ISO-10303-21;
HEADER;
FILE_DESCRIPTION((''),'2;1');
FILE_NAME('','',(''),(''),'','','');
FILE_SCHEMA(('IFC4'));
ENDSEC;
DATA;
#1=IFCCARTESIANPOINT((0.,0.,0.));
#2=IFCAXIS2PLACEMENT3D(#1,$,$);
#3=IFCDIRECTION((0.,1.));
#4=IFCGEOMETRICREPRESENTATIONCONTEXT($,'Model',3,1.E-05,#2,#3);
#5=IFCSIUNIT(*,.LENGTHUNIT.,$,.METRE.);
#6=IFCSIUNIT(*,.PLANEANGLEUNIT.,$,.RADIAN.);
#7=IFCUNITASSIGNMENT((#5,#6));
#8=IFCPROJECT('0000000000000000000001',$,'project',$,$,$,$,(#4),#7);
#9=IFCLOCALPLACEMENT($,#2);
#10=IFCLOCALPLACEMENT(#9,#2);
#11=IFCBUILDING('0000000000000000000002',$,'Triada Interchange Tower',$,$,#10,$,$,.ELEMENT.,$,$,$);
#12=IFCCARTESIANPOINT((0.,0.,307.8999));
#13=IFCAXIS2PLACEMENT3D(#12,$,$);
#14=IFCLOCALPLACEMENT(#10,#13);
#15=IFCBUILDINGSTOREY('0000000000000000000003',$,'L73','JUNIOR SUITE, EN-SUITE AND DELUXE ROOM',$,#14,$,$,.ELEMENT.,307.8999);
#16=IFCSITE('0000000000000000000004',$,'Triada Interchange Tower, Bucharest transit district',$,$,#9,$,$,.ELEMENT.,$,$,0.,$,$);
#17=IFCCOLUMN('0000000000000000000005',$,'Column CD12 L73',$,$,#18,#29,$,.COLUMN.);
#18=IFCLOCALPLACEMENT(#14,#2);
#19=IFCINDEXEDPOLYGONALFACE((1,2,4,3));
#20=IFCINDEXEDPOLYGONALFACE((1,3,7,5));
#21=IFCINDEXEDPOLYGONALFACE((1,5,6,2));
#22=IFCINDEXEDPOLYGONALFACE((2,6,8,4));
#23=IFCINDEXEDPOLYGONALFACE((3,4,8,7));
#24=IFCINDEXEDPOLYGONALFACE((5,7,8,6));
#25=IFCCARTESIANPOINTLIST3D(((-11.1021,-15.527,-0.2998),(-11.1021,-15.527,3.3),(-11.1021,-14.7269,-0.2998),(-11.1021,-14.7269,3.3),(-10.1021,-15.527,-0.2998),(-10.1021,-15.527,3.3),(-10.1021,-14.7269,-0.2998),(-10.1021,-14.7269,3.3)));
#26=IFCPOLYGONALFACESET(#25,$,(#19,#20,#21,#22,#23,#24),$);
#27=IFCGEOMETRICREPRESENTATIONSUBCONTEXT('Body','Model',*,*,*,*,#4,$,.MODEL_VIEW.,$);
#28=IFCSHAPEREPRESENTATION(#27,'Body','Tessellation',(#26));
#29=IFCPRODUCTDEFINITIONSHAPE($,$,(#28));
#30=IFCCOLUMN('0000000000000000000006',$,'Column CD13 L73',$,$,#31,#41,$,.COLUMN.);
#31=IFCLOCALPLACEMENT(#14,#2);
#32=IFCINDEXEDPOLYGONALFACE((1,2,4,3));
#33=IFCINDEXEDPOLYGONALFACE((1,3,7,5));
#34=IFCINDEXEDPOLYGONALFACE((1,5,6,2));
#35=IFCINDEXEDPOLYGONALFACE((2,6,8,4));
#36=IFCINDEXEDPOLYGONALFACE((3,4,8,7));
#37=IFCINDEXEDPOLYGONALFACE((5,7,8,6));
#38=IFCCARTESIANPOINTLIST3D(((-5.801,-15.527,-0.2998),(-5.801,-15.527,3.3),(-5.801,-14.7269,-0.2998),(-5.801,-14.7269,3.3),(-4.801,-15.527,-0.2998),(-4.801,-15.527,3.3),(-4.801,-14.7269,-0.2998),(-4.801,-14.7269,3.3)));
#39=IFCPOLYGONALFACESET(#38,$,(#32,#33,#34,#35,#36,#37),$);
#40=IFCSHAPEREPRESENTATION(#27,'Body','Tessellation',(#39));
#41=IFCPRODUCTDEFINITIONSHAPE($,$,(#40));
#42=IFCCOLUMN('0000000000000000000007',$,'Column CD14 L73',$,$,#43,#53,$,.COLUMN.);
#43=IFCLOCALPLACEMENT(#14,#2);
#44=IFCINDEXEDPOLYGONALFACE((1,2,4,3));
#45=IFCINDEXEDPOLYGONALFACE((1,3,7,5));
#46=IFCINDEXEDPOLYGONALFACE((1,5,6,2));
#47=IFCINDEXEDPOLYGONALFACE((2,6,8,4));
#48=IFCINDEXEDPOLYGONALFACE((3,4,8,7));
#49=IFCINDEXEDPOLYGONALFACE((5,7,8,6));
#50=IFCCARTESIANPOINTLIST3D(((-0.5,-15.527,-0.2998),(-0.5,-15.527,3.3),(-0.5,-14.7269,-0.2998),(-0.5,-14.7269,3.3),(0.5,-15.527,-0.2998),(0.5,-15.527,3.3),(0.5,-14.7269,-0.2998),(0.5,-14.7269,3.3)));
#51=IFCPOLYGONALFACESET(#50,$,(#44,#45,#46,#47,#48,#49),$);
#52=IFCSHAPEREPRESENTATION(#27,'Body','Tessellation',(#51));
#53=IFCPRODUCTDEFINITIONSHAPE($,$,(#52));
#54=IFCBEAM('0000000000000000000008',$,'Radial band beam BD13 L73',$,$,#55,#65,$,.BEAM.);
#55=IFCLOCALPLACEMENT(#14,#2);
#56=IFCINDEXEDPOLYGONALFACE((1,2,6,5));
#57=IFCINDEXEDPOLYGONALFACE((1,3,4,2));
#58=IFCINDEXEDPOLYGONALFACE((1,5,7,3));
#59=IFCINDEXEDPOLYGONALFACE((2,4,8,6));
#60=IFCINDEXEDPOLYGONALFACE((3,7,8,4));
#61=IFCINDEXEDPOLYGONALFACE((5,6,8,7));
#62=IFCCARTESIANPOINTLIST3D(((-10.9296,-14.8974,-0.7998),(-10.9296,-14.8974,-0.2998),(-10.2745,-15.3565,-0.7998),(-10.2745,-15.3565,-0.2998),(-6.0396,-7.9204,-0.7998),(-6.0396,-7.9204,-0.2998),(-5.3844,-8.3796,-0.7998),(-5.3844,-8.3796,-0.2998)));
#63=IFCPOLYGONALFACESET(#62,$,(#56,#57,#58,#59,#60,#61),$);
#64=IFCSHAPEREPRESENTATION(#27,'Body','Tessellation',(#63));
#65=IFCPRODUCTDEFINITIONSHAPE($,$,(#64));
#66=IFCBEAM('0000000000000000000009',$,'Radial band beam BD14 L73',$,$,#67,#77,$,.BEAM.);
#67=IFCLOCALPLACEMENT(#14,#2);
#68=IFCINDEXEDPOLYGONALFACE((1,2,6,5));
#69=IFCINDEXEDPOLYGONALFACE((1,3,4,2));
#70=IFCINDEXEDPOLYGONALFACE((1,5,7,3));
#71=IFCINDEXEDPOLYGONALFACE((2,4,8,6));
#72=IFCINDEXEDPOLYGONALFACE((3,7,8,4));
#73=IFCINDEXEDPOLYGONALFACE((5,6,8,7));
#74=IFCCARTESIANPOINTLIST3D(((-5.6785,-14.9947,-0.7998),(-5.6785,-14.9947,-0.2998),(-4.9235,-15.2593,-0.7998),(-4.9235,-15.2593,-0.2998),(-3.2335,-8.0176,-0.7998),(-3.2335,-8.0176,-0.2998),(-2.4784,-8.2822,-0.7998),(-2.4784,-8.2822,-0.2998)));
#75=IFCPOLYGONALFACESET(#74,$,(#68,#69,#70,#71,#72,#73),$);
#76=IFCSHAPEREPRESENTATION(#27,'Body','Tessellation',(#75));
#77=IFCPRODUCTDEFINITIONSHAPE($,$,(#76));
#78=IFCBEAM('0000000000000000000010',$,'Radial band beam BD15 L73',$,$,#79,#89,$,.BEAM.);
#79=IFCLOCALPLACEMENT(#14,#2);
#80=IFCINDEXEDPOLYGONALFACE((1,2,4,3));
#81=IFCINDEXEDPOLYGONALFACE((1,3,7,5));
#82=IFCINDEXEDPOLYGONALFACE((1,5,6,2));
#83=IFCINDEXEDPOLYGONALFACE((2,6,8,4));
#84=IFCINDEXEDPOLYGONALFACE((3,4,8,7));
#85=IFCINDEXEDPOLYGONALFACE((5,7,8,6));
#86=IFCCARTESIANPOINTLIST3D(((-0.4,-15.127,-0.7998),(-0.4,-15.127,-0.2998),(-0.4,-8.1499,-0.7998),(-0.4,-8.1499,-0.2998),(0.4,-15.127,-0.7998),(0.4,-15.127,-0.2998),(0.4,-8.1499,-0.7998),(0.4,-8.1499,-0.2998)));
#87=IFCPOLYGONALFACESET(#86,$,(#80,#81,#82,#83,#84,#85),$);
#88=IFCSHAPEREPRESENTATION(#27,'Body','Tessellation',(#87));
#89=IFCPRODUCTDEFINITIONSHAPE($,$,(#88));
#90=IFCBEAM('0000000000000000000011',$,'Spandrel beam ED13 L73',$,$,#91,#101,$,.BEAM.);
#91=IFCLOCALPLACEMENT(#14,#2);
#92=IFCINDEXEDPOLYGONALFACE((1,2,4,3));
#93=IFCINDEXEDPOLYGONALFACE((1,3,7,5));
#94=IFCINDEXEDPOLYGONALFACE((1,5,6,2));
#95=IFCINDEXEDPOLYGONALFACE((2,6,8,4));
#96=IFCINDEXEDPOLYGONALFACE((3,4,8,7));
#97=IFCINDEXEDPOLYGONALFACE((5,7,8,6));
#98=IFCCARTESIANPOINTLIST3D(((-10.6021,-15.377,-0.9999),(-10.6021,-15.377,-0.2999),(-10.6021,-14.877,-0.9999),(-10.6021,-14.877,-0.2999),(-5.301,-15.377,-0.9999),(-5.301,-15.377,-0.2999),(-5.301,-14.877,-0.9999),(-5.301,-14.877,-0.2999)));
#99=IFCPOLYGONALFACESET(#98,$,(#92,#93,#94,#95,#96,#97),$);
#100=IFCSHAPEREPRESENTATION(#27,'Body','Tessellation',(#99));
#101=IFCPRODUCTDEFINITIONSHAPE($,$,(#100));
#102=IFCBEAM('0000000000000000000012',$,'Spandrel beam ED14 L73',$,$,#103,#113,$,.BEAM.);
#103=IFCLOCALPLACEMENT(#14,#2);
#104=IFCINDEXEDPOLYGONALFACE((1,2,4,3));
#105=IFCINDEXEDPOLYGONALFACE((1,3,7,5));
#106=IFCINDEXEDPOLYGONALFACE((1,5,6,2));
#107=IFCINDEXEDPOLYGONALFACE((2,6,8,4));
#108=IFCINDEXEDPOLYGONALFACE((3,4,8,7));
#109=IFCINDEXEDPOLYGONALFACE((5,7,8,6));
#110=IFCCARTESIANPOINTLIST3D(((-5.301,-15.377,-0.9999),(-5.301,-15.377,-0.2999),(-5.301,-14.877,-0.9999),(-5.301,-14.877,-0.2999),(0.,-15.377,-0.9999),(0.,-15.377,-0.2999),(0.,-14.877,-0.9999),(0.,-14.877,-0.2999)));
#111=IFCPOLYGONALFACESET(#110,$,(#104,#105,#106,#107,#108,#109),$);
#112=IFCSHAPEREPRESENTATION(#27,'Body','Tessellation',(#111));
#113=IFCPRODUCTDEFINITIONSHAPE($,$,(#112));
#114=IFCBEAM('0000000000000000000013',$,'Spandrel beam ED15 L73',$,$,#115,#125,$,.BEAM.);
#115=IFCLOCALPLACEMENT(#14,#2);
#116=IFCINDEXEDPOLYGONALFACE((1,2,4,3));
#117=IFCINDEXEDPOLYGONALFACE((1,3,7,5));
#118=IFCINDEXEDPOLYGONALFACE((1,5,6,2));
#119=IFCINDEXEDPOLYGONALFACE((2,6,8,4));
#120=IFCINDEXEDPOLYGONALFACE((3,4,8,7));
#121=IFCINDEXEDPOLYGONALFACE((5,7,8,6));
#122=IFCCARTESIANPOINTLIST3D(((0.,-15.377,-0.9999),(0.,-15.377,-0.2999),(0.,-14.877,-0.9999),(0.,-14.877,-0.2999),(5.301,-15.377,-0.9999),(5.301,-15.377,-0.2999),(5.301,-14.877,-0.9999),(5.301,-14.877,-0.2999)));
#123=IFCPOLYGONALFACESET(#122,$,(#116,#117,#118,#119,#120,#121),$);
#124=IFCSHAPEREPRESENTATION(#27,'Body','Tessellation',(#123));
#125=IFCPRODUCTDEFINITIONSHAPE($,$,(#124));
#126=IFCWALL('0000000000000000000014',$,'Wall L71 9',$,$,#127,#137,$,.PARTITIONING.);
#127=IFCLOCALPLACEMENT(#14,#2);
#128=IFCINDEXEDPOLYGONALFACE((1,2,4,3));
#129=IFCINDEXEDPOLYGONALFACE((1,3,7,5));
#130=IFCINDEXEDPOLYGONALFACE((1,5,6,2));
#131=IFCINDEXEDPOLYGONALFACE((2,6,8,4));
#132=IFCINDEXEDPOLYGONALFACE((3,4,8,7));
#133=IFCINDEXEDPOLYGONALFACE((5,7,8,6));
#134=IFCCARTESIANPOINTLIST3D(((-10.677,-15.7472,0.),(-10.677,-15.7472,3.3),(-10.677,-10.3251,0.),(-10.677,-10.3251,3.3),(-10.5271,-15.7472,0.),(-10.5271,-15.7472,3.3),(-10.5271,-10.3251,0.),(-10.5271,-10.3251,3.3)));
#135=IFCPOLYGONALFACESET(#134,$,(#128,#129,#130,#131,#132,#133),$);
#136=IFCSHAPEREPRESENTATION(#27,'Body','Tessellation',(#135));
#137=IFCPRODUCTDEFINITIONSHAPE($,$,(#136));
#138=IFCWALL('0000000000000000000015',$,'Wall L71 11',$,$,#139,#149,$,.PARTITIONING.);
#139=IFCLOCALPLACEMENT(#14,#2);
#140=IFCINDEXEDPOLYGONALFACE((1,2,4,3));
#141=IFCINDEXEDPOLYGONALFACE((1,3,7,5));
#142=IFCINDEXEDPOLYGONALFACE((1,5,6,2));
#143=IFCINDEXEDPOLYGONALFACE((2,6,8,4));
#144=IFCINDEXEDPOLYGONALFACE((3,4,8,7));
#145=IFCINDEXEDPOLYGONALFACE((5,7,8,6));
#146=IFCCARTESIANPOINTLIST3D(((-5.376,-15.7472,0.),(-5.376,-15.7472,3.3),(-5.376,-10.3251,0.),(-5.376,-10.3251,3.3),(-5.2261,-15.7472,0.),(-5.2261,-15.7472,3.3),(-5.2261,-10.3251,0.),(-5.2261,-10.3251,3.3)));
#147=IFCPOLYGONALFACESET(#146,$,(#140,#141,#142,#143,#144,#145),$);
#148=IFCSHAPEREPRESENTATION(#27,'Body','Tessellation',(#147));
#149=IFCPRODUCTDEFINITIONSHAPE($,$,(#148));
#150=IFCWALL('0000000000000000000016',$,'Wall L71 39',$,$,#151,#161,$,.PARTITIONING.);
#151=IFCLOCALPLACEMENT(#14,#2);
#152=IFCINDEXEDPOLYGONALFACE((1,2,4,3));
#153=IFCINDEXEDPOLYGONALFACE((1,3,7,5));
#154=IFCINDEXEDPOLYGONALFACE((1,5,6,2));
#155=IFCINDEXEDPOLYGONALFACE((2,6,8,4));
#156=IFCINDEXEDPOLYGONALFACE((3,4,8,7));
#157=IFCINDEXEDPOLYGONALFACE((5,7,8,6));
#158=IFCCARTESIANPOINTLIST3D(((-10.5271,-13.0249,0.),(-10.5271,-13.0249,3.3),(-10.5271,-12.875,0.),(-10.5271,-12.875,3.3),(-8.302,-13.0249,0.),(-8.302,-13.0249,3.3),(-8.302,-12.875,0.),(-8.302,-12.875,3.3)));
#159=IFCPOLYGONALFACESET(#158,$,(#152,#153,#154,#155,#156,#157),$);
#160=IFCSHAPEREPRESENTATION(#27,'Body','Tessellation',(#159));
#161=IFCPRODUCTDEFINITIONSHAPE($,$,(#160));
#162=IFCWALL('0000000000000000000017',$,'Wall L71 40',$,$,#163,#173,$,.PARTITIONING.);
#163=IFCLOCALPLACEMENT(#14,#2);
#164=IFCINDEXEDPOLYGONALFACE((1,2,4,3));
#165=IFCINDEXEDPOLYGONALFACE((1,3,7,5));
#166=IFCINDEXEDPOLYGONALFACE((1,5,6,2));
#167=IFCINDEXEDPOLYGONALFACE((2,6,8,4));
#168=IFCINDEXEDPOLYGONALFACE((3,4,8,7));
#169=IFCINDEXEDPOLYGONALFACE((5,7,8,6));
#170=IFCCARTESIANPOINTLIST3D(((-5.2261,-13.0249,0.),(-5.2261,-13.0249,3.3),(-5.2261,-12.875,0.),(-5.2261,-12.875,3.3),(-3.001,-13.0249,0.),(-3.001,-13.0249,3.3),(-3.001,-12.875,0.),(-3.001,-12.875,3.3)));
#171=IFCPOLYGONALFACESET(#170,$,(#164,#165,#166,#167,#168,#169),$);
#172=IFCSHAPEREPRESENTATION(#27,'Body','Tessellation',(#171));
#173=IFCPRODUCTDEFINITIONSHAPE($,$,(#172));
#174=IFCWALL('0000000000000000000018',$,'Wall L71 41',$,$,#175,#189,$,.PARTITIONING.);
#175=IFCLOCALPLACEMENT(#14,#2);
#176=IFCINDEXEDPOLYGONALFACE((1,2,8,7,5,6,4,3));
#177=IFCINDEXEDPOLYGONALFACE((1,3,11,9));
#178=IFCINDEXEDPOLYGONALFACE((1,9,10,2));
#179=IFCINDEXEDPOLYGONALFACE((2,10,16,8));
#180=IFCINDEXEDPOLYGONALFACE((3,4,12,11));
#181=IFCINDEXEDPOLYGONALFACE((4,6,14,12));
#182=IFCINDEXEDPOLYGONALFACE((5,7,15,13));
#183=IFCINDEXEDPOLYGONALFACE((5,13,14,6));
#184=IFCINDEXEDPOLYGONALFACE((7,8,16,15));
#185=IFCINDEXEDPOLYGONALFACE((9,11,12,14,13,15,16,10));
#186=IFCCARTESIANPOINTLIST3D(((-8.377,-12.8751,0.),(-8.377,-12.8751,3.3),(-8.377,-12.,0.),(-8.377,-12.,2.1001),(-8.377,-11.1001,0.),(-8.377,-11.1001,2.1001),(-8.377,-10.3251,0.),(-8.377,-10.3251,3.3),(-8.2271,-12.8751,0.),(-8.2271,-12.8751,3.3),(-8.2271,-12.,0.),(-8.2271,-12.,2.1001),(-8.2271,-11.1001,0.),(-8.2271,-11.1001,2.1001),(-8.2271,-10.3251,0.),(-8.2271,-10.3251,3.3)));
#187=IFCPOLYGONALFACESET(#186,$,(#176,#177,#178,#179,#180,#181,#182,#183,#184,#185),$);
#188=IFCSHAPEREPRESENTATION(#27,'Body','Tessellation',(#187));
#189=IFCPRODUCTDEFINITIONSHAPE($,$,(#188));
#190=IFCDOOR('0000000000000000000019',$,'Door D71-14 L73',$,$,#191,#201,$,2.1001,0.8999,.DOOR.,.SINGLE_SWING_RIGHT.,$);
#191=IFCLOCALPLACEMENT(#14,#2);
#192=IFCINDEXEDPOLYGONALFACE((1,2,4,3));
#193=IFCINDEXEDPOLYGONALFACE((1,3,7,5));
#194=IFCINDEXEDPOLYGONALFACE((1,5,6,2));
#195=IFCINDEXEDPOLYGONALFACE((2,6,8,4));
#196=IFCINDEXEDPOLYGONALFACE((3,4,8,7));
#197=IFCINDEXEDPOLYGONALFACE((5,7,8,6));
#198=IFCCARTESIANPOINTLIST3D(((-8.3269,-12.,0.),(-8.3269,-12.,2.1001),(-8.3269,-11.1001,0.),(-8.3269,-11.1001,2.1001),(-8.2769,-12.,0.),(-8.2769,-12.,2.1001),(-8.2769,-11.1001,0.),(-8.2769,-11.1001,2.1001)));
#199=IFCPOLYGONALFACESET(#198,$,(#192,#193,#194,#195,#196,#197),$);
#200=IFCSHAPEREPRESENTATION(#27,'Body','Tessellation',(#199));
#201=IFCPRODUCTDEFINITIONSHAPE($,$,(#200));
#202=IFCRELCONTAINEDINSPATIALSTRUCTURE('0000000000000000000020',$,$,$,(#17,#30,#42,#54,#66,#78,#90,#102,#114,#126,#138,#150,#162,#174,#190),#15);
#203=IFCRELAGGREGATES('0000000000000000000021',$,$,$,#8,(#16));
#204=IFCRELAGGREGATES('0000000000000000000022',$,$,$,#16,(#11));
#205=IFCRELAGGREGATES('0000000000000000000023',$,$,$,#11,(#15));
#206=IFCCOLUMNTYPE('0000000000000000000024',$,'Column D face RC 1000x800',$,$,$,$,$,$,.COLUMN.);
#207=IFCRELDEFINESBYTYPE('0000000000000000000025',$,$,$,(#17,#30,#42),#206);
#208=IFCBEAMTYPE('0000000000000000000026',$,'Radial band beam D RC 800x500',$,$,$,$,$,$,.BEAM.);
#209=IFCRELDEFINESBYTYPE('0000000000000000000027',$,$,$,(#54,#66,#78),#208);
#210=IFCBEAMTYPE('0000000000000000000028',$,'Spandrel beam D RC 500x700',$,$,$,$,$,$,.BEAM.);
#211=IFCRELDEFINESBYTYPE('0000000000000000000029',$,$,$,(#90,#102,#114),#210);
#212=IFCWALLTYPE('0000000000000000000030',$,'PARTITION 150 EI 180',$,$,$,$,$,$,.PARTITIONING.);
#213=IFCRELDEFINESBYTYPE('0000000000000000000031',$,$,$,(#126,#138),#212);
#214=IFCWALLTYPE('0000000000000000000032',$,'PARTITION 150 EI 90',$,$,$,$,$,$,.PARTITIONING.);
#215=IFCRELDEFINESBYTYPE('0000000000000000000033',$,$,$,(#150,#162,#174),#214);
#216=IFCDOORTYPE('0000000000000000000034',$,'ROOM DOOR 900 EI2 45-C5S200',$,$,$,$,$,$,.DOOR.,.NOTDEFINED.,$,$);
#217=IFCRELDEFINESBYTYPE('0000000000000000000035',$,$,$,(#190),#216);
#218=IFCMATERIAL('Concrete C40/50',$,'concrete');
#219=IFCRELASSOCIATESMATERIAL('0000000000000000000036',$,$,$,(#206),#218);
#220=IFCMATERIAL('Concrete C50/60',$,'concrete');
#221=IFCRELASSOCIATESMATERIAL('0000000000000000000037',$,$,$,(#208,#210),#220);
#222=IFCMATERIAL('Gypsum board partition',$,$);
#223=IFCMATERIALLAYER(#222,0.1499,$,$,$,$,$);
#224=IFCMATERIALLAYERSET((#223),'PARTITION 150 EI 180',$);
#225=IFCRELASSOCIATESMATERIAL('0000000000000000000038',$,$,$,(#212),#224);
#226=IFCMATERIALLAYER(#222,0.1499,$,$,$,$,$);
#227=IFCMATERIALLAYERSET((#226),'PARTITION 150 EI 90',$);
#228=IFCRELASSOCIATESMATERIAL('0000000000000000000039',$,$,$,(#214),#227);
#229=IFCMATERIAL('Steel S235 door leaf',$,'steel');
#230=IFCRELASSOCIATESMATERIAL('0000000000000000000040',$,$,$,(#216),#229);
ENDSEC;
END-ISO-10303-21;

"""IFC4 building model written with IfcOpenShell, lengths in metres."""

from ifc_helpers import new_model, si_unit, direction, frame, frame_2d, origin, origin_2d, place, context, subcontext, project, spatial, rectangle, extrude, material, layer, layer_set, material_profile, profile_set, type_object, element, fill, save


model = new_model("IFC4")

# Units and contexts
model_context = context("Model", 3, precision=1e-05, world=origin(), true_north=direction((0.0, 1.0)))
body_context = subcontext(model_context, "Body", "Model", "MODEL_VIEW")
ifc_project = project(units=[si_unit("LENGTHUNIT", "METRE"), si_unit("PLANEANGLEUNIT", "RADIAN")], contexts=[model_context])

# Site, building, storey
site_placement = place(None, origin())
site = spatial("IfcSite", under=ifc_project, at=site_placement, Name="Triada Interchange Tower, Bucharest transit district", CompositionType="ELEMENT", RefElevation=0.0)
building_placement = place(site_placement, origin())
building = spatial("IfcBuilding", under=site, at=building_placement, Name="Triada Interchange Tower", CompositionType="ELEMENT")
storey_placement = place(building_placement, frame((0.0, 0.0, 307.8999)))
storey = spatial("IfcBuildingStorey", under=building, at=storey_placement, Name="L73", Description="JUNIOR SUITE, EN-SUITE AND DELUXE ROOM", CompositionType="ELEMENT", Elevation=307.8999)

# Columns
ifc_material_1 = material(Name="Concrete C40/50", Category="concrete")
ifc_material_profile_1 = material_profile(ifc_material_1, rectangle(XDim=1.0, YDim=0.8, at=origin_2d()), Name="RC 1000x800")
ifc_profile_set_1 = profile_set([ifc_material_profile_1], Name="Concrete C40/50")
column_type = type_object("IfcColumnType", Name="Column D face RC 1000x800", PredefinedType="COLUMN", material=ifc_profile_set_1)
for number, where, z_axis, x_axis, name in (
    (1, (-10.6021, -15.127, -0.2998), (0.0, 0.0, 1.0), (1.0, 0.0, 0.0), "Column CD12 L73"),
    (2, (-5.301, -15.127, -0.2998), (0.0, 0.0, 1.0), (1.0, 0.0, 0.0), "Column CD13 L73"),
    (3, (0.0, -15.127, -0.2998), (0.0, 0.0, 1.0), (1.0, 0.0, 0.0), "Column CD14 L73"),
):
    element("IfcColumn", number, at=place(storey_placement, frame(where, z_axis=z_axis, x_axis=x_axis)), inside=storey, type_object=column_type, Name=name, PredefinedType="COLUMN", context=body_context, shape_type="SweptSolid", body=[
        extrude(rectangle(XDim=1.0, YDim=0.8, at=origin_2d()), origin(), (0.0, 0.0, 1.0), 3.5999),
    ])

# Beams
ifc_material_2 = material(Name="Concrete C50/60", Category="concrete")
ifc_material_profile_2 = material_profile(ifc_material_2, rectangle(XDim=0.8, YDim=0.5, at=origin_2d()), Name="RC 800x500")
ifc_profile_set_2 = profile_set([ifc_material_profile_2], Name="Concrete C50/60")
beam_type_1 = type_object("IfcBeamType", Name="Radial band beam D RC 800x500", PredefinedType="BEAM", material=ifc_profile_set_2)
beam_1_placement = place(storey_placement, frame((-10.6021, -15.127, -0.5498), z_axis=(0.573951, 0.81889, 0.0), x_axis=(-0.81889, 0.573951, 0.0)))
element("IfcBeam", 4, at=beam_1_placement, inside=storey, type_object=beam_type_1, Name="Radial band beam BD13 L73", PredefinedType="BEAM", context=body_context, shape_type="SweptSolid", body=[
    extrude(rectangle(XDim=0.8, YDim=0.5, at=origin_2d()), origin(), (0.0, 0.0, 1.0), 8.52),
])
beam_2_placement = place(storey_placement, frame((-5.301, -15.127, -0.5498), z_axis=(0.330724, 0.943728, 0.0), x_axis=(-0.943728, 0.330724, 0.0)))
element("IfcBeam", 5, at=beam_2_placement, inside=storey, type_object=beam_type_1, Name="Radial band beam BD14 L73", PredefinedType="BEAM", context=body_context, shape_type="SweptSolid", body=[
    extrude(rectangle(XDim=0.8, YDim=0.5, at=origin_2d()), origin(), (0.0, 0.0, 1.0), 7.3931),
])
beam_3_placement = place(storey_placement, frame((0.0, -15.127, -0.5498), z_axis=(0.0, 1.0, 0.0), x_axis=(-1.0, 0.0, 0.0)))
element("IfcBeam", 6, at=beam_3_placement, inside=storey, type_object=beam_type_1, Name="Radial band beam BD15 L73", PredefinedType="BEAM", context=body_context, shape_type="SweptSolid", body=[
    extrude(rectangle(XDim=0.8, YDim=0.5, at=origin_2d()), origin(), (0.0, 0.0, 1.0), 6.9771),
])
ifc_material_profile_3 = material_profile(ifc_material_2, rectangle(XDim=0.5, YDim=0.7, at=origin_2d()), Name="RC 500x700")
ifc_profile_set_3 = profile_set([ifc_material_profile_3], Name="Concrete C50/60")
beam_type_2 = type_object("IfcBeamType", Name="Spandrel beam D RC 500x700", PredefinedType="BEAM", material=ifc_profile_set_3)
for number, where, z_axis, x_axis, name in (
    (7, (-10.6021, -15.127, -0.6499), (1.0, 0.0, 0.0), (0.0, 1.0, 0.0), "Spandrel beam ED13 L73"),
    (8, (-5.301, -15.127, -0.6499), (1.0, 0.0, 0.0), (0.0, 1.0, 0.0), "Spandrel beam ED14 L73"),
    (9, (0.0, -15.127, -0.6499), (1.0, 0.0, 0.0), (0.0, 1.0, 0.0), "Spandrel beam ED15 L73"),
):
    element("IfcBeam", number, at=place(storey_placement, frame(where, z_axis=z_axis, x_axis=x_axis)), inside=storey, type_object=beam_type_2, Name=name, PredefinedType="BEAM", context=body_context, shape_type="SweptSolid", body=[
        extrude(rectangle(XDim=0.5, YDim=0.7, at=origin_2d()), origin(), (0.0, 0.0, 1.0), 5.301),
    ])

# Walls
ifc_material_3 = material(Name="Gypsum board partition")
ifc_layer_1 = layer(ifc_material_3, 0.1499)
ifc_layer_set_1 = layer_set([ifc_layer_1], Name="PARTITION 150 EI 180")
wall_type_1 = type_object("IfcWallType", Name="PARTITION 150 EI 180", PredefinedType="PARTITIONING", material=ifc_layer_set_1)
for number, where, z_axis, x_axis, name in (
    (10, (-10.6021, -15.7471, 0.0), (0.0, 0.0, 1.0), (0.0, 1.0, 0.0), "Wall L71 9"),
    (11, (-5.301, -15.7471, 0.0), (0.0, 0.0, 1.0), (0.0, 1.0, 0.0), "Wall L71 11"),
):
    element("IfcWall", number, at=place(storey_placement, frame(where, z_axis=z_axis, x_axis=x_axis)), inside=storey, type_object=wall_type_1, Name=name, PredefinedType="PARTITIONING", context=body_context, shape_type="SweptSolid", body=[
        extrude(rectangle(XDim=5.4221, YDim=0.1499, at=frame_2d((2.7109, 0.0))), origin(), (0.0, 0.0, 1.0), 3.3),
    ])
ifc_layer_2 = layer(ifc_material_3, 0.1499)
ifc_layer_set_2 = layer_set([ifc_layer_2], Name="PARTITION 150 EI 90")
wall_type_2 = type_object("IfcWallType", Name="PARTITION 150 EI 90", PredefinedType="PARTITIONING", material=ifc_layer_set_2)
for number, where, z_axis, x_axis, name in (
    (12, (-10.5271, -12.95, 0.0), (0.0, 0.0, 1.0), (1.0, 0.0, 0.0), "Wall L71 39"),
    (13, (-5.2261, -12.95, 0.0), (0.0, 0.0, 1.0), (1.0, 0.0, 0.0), "Wall L71 40"),
):
    element("IfcWall", number, at=place(storey_placement, frame(where, z_axis=z_axis, x_axis=x_axis)), inside=storey, type_object=wall_type_2, Name=name, PredefinedType="PARTITIONING", context=body_context, shape_type="SweptSolid", body=[
        extrude(rectangle(XDim=2.2251, YDim=0.1499, at=frame_2d((1.1125, 0.0))), origin(), (0.0, 0.0, 1.0), 3.3),
    ])

# Wall, opening, door
wall_1_placement = place(storey_placement, frame((-8.302, -12.875, 0.0), z_axis=(0.0, 0.0, 1.0), x_axis=(0.0, 1.0, 0.0)))
wall_1 = element("IfcWall", 14, at=wall_1_placement, inside=storey, type_object=wall_type_2, Name="Wall L71 41", PredefinedType="PARTITIONING", context=body_context, shape_type="SweptSolid", body=[
    extrude(rectangle(XDim=2.55, YDim=0.1499, at=frame_2d((1.2749, 0.0))), origin(), (0.0, 0.0, 1.0), 3.3),
])
opening_1_placement = place(wall_1_placement, frame((0.875, 0.0, 0.0)))
opening_1 = element("IfcOpeningElement", 15, at=opening_1_placement, cuts=wall_1, PredefinedType="OPENING", context=body_context, shape_type="SweptSolid", body=[
    extrude(rectangle(XDim=0.8999, YDim=2.1001, at=frame_2d((0.45, 1.05))), frame((0.0, 0.085, 0.0), z_axis=(0.0, -1.0, 0.0), x_axis=(1.0, 0.0, 0.0)), (0.0, 0.0, 1.0), 0.1699),
])
ifc_material_4 = material(Name="Steel S235 door leaf", Category="steel")
door_type = type_object("IfcDoorType", Name="ROOM DOOR 900 EI2 45-C5S200", OperationType="NOTDEFINED", PredefinedType="DOOR", material=ifc_material_4)
door_1_placement = place(opening_1_placement, origin())
door_1 = element("IfcDoor", 16, at=door_1_placement, inside=storey, type_object=door_type, Name="Door D71-14 L73", OperationType="SINGLE_SWING_RIGHT", OverallHeight=2.1001, OverallWidth=0.8999, PredefinedType="DOOR", context=body_context, shape_type="SweptSolid", body=[
    extrude(rectangle(XDim=0.8999, YDim=2.1001, at=frame_2d((0.45, 1.05))), frame((0.0, 0.0249, 0.0), z_axis=(0.0, -1.0, 0.0), x_axis=(1.0, 0.0, 0.0)), (0.0, 0.0, 1.0), 0.05),
])
fill(opening_1, door_1)

save(model, "model.ifc")
